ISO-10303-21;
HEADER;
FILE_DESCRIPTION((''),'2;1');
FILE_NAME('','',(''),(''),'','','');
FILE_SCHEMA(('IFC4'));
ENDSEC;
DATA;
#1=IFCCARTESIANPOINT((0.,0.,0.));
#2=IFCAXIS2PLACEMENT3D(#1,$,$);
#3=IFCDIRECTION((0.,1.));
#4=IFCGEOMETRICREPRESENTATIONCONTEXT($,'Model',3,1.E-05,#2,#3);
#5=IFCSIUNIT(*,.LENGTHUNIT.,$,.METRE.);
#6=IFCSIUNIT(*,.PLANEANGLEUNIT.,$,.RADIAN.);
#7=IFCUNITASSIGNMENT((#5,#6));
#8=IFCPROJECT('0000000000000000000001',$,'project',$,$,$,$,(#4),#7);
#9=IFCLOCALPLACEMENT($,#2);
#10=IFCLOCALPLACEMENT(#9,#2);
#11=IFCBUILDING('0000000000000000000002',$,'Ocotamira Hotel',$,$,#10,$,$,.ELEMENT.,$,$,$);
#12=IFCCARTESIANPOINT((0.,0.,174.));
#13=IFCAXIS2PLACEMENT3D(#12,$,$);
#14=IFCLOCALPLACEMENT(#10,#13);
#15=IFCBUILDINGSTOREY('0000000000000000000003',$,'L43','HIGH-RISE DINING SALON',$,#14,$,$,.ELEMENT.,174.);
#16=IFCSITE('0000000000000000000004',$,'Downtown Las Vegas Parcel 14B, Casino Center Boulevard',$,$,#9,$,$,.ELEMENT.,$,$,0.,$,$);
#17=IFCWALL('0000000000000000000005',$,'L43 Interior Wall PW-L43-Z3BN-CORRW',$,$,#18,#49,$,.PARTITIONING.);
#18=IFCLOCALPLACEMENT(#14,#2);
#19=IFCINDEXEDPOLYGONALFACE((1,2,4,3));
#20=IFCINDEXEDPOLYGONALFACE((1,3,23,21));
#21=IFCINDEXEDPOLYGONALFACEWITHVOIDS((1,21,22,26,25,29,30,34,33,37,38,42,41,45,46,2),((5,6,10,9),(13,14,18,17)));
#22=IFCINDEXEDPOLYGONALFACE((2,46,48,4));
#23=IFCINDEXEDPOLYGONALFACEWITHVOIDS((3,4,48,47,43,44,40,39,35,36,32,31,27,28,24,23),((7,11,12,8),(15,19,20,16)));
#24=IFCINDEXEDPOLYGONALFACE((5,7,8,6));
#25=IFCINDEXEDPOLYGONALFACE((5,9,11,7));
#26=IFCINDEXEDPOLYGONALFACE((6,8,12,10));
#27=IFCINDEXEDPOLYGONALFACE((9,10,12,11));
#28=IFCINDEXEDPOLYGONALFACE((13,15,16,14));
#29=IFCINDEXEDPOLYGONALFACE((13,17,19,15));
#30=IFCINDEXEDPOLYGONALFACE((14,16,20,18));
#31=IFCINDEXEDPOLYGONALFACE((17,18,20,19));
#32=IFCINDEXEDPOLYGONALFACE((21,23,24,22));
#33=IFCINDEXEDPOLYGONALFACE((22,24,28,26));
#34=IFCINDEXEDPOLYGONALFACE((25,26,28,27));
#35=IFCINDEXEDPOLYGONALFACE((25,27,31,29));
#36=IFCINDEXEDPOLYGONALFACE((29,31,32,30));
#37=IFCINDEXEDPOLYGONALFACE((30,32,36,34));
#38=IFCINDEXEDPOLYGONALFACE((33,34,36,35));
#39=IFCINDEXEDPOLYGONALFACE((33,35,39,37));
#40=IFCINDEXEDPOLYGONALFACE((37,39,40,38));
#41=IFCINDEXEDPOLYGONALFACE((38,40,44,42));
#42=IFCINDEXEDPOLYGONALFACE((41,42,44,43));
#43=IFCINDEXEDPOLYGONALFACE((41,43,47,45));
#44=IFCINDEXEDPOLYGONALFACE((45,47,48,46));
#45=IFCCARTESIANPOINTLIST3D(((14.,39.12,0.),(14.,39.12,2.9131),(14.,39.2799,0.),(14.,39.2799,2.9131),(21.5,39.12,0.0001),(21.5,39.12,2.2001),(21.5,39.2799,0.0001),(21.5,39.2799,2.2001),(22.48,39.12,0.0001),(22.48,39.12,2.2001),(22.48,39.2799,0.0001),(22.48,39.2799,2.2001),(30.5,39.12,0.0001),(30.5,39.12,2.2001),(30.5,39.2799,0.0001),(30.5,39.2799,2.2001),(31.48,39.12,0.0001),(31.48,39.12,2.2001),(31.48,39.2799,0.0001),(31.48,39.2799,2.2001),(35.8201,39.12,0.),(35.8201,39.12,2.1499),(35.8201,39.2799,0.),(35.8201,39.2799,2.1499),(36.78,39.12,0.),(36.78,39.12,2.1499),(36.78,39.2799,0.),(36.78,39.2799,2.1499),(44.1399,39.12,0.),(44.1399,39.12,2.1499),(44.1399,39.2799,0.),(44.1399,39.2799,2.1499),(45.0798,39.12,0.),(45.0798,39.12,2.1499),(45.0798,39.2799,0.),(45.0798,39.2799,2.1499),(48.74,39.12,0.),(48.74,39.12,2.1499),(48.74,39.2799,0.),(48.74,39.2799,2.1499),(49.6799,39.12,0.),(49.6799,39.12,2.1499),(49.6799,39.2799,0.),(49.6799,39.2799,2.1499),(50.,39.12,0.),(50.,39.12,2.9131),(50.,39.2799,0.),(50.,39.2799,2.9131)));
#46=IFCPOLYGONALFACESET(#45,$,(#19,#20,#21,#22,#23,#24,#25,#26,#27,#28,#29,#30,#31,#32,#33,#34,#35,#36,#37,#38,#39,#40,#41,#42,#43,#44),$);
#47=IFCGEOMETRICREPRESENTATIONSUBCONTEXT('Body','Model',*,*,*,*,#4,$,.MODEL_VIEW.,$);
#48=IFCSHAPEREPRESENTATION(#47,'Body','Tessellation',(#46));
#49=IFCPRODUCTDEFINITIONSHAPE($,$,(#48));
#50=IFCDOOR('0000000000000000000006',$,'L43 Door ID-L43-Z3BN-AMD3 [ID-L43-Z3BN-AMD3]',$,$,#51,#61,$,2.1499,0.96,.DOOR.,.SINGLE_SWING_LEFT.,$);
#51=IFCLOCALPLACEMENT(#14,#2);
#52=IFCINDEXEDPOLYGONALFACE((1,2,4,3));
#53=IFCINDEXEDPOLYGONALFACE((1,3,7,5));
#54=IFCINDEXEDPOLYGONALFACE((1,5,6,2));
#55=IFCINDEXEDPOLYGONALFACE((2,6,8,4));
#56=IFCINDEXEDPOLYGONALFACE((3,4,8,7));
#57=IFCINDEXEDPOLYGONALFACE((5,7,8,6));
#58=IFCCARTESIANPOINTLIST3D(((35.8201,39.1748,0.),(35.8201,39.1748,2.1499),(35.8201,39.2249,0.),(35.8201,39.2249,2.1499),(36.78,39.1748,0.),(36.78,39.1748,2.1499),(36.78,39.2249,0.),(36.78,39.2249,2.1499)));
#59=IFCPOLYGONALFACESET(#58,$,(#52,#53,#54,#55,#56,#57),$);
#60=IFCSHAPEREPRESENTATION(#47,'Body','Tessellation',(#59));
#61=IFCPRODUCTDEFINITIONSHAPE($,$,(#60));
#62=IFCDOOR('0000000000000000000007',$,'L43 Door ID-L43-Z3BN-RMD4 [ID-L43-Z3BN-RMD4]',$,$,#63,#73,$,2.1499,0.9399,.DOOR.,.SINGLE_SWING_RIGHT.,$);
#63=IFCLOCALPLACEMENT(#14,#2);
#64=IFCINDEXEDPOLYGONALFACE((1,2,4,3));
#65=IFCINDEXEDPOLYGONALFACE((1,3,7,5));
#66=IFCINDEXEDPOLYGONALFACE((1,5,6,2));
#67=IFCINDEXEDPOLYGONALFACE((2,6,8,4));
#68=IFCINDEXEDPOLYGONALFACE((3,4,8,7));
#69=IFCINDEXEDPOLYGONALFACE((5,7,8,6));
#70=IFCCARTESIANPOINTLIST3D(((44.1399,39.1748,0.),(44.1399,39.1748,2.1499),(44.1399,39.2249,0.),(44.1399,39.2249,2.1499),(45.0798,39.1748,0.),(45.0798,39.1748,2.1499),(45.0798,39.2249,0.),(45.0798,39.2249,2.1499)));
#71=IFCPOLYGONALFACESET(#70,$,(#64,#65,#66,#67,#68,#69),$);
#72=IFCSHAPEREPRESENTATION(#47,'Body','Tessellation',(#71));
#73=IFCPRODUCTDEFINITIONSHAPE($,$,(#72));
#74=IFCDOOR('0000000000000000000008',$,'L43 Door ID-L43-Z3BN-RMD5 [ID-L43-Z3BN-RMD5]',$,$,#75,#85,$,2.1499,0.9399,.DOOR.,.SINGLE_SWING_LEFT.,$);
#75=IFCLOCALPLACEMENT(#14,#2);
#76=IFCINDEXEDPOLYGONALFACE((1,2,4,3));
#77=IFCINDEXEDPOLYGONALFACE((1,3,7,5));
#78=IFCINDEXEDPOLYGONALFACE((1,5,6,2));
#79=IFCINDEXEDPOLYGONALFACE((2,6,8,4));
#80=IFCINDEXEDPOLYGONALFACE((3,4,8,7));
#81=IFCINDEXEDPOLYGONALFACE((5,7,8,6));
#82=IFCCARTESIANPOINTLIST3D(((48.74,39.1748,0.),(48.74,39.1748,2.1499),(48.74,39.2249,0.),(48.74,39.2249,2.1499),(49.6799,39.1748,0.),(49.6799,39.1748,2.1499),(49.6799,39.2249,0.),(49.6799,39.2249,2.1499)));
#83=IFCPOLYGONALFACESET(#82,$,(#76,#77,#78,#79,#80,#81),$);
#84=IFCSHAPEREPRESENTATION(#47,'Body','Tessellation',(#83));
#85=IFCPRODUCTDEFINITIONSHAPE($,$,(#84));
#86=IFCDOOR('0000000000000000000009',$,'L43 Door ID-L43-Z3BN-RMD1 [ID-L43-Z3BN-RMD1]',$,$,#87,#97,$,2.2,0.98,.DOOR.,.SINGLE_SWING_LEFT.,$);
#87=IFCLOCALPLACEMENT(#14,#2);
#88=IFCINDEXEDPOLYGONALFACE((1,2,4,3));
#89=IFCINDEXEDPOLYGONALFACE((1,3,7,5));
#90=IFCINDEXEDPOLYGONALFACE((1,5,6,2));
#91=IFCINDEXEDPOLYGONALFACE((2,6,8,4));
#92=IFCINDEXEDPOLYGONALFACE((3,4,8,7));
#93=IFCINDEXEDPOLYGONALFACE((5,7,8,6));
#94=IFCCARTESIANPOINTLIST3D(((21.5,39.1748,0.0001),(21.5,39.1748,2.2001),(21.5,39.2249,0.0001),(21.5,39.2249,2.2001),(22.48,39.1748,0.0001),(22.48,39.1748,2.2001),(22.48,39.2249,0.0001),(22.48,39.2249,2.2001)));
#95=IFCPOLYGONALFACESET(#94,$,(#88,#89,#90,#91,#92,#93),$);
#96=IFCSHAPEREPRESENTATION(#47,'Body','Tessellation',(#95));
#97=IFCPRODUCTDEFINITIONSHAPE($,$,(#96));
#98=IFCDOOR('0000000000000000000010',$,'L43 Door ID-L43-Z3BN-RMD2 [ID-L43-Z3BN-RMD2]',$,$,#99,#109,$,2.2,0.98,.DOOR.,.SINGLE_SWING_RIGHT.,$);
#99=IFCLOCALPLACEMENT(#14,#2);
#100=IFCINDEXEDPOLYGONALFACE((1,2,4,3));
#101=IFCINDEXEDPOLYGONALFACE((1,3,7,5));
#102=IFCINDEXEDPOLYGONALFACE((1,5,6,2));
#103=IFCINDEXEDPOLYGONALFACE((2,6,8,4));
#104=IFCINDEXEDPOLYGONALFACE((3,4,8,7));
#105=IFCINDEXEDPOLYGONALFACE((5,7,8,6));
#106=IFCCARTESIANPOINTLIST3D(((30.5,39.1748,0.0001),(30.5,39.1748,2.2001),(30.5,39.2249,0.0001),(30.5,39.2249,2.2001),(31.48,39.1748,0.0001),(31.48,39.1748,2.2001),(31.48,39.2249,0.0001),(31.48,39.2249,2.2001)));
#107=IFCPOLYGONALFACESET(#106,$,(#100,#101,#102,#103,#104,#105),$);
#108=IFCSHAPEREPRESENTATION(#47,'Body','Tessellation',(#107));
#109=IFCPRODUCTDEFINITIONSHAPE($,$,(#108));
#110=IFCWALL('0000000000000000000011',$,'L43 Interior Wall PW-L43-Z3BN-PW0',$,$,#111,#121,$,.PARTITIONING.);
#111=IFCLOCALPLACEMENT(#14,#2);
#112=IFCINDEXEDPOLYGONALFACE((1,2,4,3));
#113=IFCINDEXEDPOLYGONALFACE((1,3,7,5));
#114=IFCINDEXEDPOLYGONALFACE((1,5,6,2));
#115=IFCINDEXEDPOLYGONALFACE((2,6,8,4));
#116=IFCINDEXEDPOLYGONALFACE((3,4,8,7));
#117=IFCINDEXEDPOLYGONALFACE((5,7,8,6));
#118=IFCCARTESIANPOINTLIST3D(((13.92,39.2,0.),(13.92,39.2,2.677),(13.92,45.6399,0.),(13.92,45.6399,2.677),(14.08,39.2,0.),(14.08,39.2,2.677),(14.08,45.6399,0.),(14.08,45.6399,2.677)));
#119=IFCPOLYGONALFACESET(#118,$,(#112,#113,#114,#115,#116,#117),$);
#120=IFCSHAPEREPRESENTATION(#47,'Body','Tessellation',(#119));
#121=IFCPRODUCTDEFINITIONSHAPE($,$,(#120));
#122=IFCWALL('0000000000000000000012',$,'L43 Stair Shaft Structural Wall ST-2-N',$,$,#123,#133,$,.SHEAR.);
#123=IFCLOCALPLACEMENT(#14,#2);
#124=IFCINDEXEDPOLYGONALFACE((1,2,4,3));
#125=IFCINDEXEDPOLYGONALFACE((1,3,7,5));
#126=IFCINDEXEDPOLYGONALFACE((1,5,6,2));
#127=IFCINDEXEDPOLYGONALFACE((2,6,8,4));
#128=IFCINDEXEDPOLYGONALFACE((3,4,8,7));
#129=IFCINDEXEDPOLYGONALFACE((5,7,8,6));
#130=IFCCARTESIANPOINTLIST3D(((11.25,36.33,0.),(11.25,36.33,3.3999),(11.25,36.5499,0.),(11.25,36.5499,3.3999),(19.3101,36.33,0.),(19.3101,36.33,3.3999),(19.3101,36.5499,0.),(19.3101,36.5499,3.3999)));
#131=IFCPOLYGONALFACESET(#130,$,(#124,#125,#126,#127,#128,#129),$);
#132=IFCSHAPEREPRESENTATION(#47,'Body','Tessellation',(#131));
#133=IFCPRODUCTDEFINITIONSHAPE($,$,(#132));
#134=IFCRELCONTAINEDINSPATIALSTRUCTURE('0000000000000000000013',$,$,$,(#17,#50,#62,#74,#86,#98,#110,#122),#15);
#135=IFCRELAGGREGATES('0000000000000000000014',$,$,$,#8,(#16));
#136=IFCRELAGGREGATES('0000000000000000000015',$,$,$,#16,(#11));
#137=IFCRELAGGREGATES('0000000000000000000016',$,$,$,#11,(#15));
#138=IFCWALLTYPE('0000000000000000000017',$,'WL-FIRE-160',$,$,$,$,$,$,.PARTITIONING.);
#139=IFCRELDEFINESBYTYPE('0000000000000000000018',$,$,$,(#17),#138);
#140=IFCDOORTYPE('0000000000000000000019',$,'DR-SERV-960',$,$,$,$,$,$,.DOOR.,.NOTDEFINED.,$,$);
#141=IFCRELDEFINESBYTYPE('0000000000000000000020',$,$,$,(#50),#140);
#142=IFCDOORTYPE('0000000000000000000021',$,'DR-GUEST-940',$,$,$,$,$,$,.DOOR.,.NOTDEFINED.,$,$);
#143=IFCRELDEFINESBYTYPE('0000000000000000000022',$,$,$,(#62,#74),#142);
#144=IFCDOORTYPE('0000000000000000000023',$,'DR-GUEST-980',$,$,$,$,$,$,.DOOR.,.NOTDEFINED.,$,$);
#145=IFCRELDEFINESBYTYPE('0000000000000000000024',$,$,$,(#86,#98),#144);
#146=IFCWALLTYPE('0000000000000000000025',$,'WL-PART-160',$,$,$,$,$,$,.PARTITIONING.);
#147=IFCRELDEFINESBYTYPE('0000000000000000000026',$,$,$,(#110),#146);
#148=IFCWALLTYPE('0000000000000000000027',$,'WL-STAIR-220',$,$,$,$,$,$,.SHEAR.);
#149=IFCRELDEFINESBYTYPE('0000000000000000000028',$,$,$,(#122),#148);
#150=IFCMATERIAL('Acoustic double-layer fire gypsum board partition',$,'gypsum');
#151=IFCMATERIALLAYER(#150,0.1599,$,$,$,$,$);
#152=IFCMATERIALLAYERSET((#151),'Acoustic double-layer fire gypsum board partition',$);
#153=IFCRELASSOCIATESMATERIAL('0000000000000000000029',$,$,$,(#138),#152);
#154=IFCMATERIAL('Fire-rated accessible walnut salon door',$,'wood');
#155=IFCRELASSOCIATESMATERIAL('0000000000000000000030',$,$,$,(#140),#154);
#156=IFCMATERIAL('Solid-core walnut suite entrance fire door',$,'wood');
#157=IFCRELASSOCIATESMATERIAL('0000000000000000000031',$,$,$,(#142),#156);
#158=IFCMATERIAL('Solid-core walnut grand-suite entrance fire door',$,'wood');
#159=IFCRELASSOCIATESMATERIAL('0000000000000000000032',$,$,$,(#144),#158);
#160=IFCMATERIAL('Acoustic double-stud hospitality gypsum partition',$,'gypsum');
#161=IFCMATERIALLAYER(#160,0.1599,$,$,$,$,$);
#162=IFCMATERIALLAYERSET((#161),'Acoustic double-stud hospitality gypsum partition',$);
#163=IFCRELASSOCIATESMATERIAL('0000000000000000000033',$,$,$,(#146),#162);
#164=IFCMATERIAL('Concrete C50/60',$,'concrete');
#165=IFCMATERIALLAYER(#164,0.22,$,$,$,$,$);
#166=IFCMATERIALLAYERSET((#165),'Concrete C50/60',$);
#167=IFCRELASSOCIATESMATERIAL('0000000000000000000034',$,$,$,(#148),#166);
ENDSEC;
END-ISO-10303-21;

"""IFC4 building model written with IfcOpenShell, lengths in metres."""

from ifc_helpers import new_model, si_unit, direction, frame, frame_2d, origin, place, context, subcontext, project, spatial, rectangle, extrude, source, transform, mapped, material, layer, layer_set, type_object, element, fill, save


model = new_model("IFC4")

# Units and contexts
model_context = context("Model", 3, precision=1e-05, world=origin(), true_north=direction((0.0, 1.0)))
body_context = subcontext(model_context, "Body", "Model", "MODEL_VIEW")
ifc_project = project(units=[si_unit("LENGTHUNIT", "METRE"), si_unit("PLANEANGLEUNIT", "RADIAN")], contexts=[model_context])

# Site, building, storey
site_placement = place(None, origin())
site = spatial("IfcSite", under=ifc_project, at=site_placement, Name="Downtown Las Vegas Parcel 14B, Casino Center Boulevard", CompositionType="ELEMENT", RefElevation=0.0)
building_placement = place(site_placement, origin())
building = spatial("IfcBuilding", under=site, at=building_placement, Name="Ocotamira Hotel", CompositionType="ELEMENT")
storey_placement = place(building_placement, frame((0.0, 0.0, 174.0)))
storey = spatial("IfcBuildingStorey", under=building, at=storey_placement, Name="L43", Description="HIGH-RISE DINING SALON", CompositionType="ELEMENT", Elevation=174.0)

# Shared definitions
ifc_material_1 = material(Name="Concrete C50/60", Category="concrete")

# Shared definitions
ifc_material_2 = material(Name="Acoustic double-layer fire gypsum board partition", Category="gypsum")
ifc_layer_1 = layer(ifc_material_2, 0.1599)
ifc_layer_set_1 = layer_set([ifc_layer_1], Name="Acoustic double-layer fire gypsum board partition")
wall_type_1 = type_object("IfcWallType", Name="WL-FIRE-160", PredefinedType="PARTITIONING", material=ifc_layer_set_1)
ifc_material_3 = material(Name="Fire-rated accessible walnut salon door", Category="wood")
door_type_1 = type_object("IfcDoorType", Name="DR-SERV-960", OperationType="NOTDEFINED", PredefinedType="DOOR", material=ifc_material_3)
shared_shape_1 = source(origin(), body_context, "Body", "SweptSolid", [
    extrude(rectangle(XDim=0.96, YDim=2.1499, at=frame_2d((0.48, 1.075))), frame((0.0, 0.0249, 0.0), z_axis=(0.0, -1.0, 0.0), x_axis=(1.0, 0.0, 0.0)), (0.0, 0.0, 1.0), 0.05),
])

# Wall, openings, doors
wall_1_placement = place(storey_placement, frame((14.0, 39.2, 0.0), z_axis=(0.0, 0.0, 1.0), x_axis=(1.0, 0.0, 0.0)))
wall_1 = element("IfcWall", 1, at=wall_1_placement, inside=storey, type_object=wall_type_1, Name="L43 Interior Wall PW-L43-Z3BN-CORRW", PredefinedType="PARTITIONING", context=body_context, shape_type="SweptSolid", body=[
    extrude(rectangle(XDim=36.0, YDim=0.1599, at=frame_2d((18.0, 0.0))), origin(), (0.0, 0.0, 1.0), 2.9131),
])
opening_1_placement = place(wall_1_placement, frame((7.5, 0.0, 0.0)))
opening_1 = element("IfcOpeningElement", 2, at=opening_1_placement, cuts=wall_1, PredefinedType="OPENING", context=body_context, shape_type="SweptSolid", body=[
    extrude(rectangle(XDim=0.98, YDim=2.2, at=frame_2d((0.49, 1.1001))), frame((0.0, 0.0898, 0.0), z_axis=(0.0, -1.0, 0.0), x_axis=(1.0, 0.0, 0.0)), (0.0, 0.0, 1.0), 0.1799),
])
opening_2_placement = place(wall_1_placement, frame((16.5, 0.0, 0.0)))
opening_2 = element("IfcOpeningElement", 3, at=opening_2_placement, cuts=wall_1, PredefinedType="OPENING", context=body_context, shape_type="SweptSolid", body=[
    extrude(rectangle(XDim=0.98, YDim=2.2, at=frame_2d((0.49, 1.1001))), frame((0.0, 0.0898, 0.0), z_axis=(0.0, -1.0, 0.0), x_axis=(1.0, 0.0, 0.0)), (0.0, 0.0, 1.0), 0.1799),
])
opening_3_placement = place(wall_1_placement, frame((21.8201, 0.0, 0.0)))
opening_3 = element("IfcOpeningElement", 4, at=opening_3_placement, cuts=wall_1, PredefinedType="OPENING", context=body_context, shape_type="SweptSolid", body=[
    extrude(rectangle(XDim=0.96, YDim=2.1499, at=frame_2d((0.48, 1.075))), frame((0.0, 0.0898, 0.0), z_axis=(0.0, -1.0, 0.0), x_axis=(1.0, 0.0, 0.0)), (0.0, 0.0, 1.0), 0.1799),
])
opening_4_placement = place(wall_1_placement, frame((30.1399, 0.0, 0.0)))
opening_4 = element("IfcOpeningElement", 5, at=opening_4_placement, cuts=wall_1, PredefinedType="OPENING", context=body_context, shape_type="SweptSolid", body=[
    extrude(rectangle(XDim=0.9399, YDim=2.1499, at=frame_2d((0.47, 1.075))), frame((0.0, 0.0898, 0.0), z_axis=(0.0, -1.0, 0.0), x_axis=(1.0, 0.0, 0.0)), (0.0, 0.0, 1.0), 0.1799),
])
opening_5_placement = place(wall_1_placement, frame((34.74, 0.0, 0.0)))
opening_5 = element("IfcOpeningElement", 6, at=opening_5_placement, cuts=wall_1, PredefinedType="OPENING", context=body_context, shape_type="SweptSolid", body=[
    extrude(rectangle(XDim=0.9399, YDim=2.1499, at=frame_2d((0.47, 1.075))), frame((0.0, 0.0898, 0.0), z_axis=(0.0, -1.0, 0.0), x_axis=(1.0, 0.0, 0.0)), (0.0, 0.0, 1.0), 0.1799),
])
door_1_placement = place(opening_3_placement, origin())
door_1 = element("IfcDoor", 7, at=door_1_placement, inside=storey, type_object=door_type_1, Name="L43 Door ID-L43-Z3BN-AMD3 [ID-L43-Z3BN-AMD3]", OperationType="SINGLE_SWING_LEFT", OverallHeight=2.1499, OverallWidth=0.96, PredefinedType="DOOR", context=body_context, shape_type="MappedRepresentation", body=[
    mapped(shared_shape_1, transform((0.0, 0.0, 0.0), scale=1.0)),
])
fill(opening_3, door_1)
ifc_material_4 = material(Name="Solid-core walnut suite entrance fire door", Category="wood")
door_type_2 = type_object("IfcDoorType", Name="DR-GUEST-940", OperationType="NOTDEFINED", PredefinedType="DOOR", material=ifc_material_4)
shared_shape_2 = source(origin(), body_context, "Body", "SweptSolid", [
    extrude(rectangle(XDim=0.9399, YDim=2.1499, at=frame_2d((0.47, 1.075))), frame((0.0, 0.0249, 0.0), z_axis=(0.0, -1.0, 0.0), x_axis=(1.0, 0.0, 0.0)), (0.0, 0.0, 1.0), 0.05),
])
door_2_placement = place(opening_4_placement, origin())
door_2 = element("IfcDoor", 8, at=door_2_placement, inside=storey, type_object=door_type_2, Name="L43 Door ID-L43-Z3BN-RMD4 [ID-L43-Z3BN-RMD4]", OperationType="SINGLE_SWING_RIGHT", OverallHeight=2.1499, OverallWidth=0.9399, PredefinedType="DOOR", context=body_context, shape_type="MappedRepresentation", body=[
    mapped(shared_shape_2, transform((0.0, 0.0, 0.0), scale=1.0)),
])
fill(opening_4, door_2)
door_3_placement = place(opening_5_placement, origin())
door_3 = element("IfcDoor", 9, at=door_3_placement, inside=storey, type_object=door_type_2, Name="L43 Door ID-L43-Z3BN-RMD5 [ID-L43-Z3BN-RMD5]", OperationType="SINGLE_SWING_LEFT", OverallHeight=2.1499, OverallWidth=0.9399, PredefinedType="DOOR", context=body_context, shape_type="MappedRepresentation", body=[
    mapped(shared_shape_2, transform((0.0, 0.0, 0.0), scale=1.0)),
])
fill(opening_5, door_3)
ifc_material_5 = material(Name="Solid-core walnut grand-suite entrance fire door", Category="wood")
door_type_3 = type_object("IfcDoorType", Name="DR-GUEST-980", OperationType="NOTDEFINED", PredefinedType="DOOR", material=ifc_material_5)
shared_shape_3 = source(origin(), body_context, "Body", "SweptSolid", [
    extrude(rectangle(XDim=0.98, YDim=2.2, at=frame_2d((0.49, 1.1001))), frame((0.0, 0.0249, 0.0), z_axis=(0.0, -1.0, 0.0), x_axis=(1.0, 0.0, 0.0)), (0.0, 0.0, 1.0), 0.05),
])
door_4_placement = place(opening_1_placement, origin())
door_4 = element("IfcDoor", 10, at=door_4_placement, inside=storey, type_object=door_type_3, Name="L43 Door ID-L43-Z3BN-RMD1 [ID-L43-Z3BN-RMD1]", OperationType="SINGLE_SWING_LEFT", OverallHeight=2.2, OverallWidth=0.98, PredefinedType="DOOR", context=body_context, shape_type="MappedRepresentation", body=[
    mapped(shared_shape_3, transform((0.0, 0.0, 0.0), scale=1.0)),
])
fill(opening_1, door_4)
door_5_placement = place(opening_2_placement, origin())
door_5 = element("IfcDoor", 11, at=door_5_placement, inside=storey, type_object=door_type_3, Name="L43 Door ID-L43-Z3BN-RMD2 [ID-L43-Z3BN-RMD2]", OperationType="SINGLE_SWING_RIGHT", OverallHeight=2.2, OverallWidth=0.98, PredefinedType="DOOR", context=body_context, shape_type="MappedRepresentation", body=[
    mapped(shared_shape_3, transform((0.0, 0.0, 0.0), scale=1.0)),
])
fill(opening_2, door_5)

# Walls
ifc_material_6 = material(Name="Acoustic double-stud hospitality gypsum partition", Category="gypsum")
ifc_layer_2 = layer(ifc_material_6, 0.1599)
ifc_layer_set_2 = layer_set([ifc_layer_2], Name="Acoustic double-stud hospitality gypsum partition")
wall_type_2 = type_object("IfcWallType", Name="WL-PART-160", PredefinedType="PARTITIONING", material=ifc_layer_set_2)
wall_2_placement = place(storey_placement, frame((14.0, 39.2, 0.0), z_axis=(0.0, 0.0, 1.0), x_axis=(0.0, 1.0, 0.0)))
element("IfcWall", 12, at=wall_2_placement, inside=storey, type_object=wall_type_2, Name="L43 Interior Wall PW-L43-Z3BN-PW0", PredefinedType="PARTITIONING", context=body_context, shape_type="SweptSolid", body=[
    extrude(rectangle(XDim=6.4399, YDim=0.1599, at=frame_2d((3.22, 0.0))), origin(), (0.0, 0.0, 1.0), 2.677),
])
ifc_layer_3 = layer(ifc_material_1, 0.22)
ifc_layer_set_3 = layer_set([ifc_layer_3], Name="Concrete C50/60")
wall_type_3 = type_object("IfcWallType", Name="WL-STAIR-220", PredefinedType="SHEAR", material=ifc_layer_set_3)
wall_3_placement = place(storey_placement, frame((11.25, 36.4399, 0.0), z_axis=(0.0, 0.0, 1.0), x_axis=(1.0, 0.0, 0.0)))
element("IfcWall", 13, at=wall_3_placement, inside=storey, type_object=wall_type_3, Name="L43 Stair Shaft Structural Wall ST-2-N", PredefinedType="SHEAR", context=body_context, shape_type="SweptSolid", body=[
    extrude(rectangle(XDim=8.0601, YDim=0.22, at=frame_2d((4.03, 0.0))), origin(), (0.0, 0.0, 1.0), 3.3999),
])

save(model, "model.ifc")
